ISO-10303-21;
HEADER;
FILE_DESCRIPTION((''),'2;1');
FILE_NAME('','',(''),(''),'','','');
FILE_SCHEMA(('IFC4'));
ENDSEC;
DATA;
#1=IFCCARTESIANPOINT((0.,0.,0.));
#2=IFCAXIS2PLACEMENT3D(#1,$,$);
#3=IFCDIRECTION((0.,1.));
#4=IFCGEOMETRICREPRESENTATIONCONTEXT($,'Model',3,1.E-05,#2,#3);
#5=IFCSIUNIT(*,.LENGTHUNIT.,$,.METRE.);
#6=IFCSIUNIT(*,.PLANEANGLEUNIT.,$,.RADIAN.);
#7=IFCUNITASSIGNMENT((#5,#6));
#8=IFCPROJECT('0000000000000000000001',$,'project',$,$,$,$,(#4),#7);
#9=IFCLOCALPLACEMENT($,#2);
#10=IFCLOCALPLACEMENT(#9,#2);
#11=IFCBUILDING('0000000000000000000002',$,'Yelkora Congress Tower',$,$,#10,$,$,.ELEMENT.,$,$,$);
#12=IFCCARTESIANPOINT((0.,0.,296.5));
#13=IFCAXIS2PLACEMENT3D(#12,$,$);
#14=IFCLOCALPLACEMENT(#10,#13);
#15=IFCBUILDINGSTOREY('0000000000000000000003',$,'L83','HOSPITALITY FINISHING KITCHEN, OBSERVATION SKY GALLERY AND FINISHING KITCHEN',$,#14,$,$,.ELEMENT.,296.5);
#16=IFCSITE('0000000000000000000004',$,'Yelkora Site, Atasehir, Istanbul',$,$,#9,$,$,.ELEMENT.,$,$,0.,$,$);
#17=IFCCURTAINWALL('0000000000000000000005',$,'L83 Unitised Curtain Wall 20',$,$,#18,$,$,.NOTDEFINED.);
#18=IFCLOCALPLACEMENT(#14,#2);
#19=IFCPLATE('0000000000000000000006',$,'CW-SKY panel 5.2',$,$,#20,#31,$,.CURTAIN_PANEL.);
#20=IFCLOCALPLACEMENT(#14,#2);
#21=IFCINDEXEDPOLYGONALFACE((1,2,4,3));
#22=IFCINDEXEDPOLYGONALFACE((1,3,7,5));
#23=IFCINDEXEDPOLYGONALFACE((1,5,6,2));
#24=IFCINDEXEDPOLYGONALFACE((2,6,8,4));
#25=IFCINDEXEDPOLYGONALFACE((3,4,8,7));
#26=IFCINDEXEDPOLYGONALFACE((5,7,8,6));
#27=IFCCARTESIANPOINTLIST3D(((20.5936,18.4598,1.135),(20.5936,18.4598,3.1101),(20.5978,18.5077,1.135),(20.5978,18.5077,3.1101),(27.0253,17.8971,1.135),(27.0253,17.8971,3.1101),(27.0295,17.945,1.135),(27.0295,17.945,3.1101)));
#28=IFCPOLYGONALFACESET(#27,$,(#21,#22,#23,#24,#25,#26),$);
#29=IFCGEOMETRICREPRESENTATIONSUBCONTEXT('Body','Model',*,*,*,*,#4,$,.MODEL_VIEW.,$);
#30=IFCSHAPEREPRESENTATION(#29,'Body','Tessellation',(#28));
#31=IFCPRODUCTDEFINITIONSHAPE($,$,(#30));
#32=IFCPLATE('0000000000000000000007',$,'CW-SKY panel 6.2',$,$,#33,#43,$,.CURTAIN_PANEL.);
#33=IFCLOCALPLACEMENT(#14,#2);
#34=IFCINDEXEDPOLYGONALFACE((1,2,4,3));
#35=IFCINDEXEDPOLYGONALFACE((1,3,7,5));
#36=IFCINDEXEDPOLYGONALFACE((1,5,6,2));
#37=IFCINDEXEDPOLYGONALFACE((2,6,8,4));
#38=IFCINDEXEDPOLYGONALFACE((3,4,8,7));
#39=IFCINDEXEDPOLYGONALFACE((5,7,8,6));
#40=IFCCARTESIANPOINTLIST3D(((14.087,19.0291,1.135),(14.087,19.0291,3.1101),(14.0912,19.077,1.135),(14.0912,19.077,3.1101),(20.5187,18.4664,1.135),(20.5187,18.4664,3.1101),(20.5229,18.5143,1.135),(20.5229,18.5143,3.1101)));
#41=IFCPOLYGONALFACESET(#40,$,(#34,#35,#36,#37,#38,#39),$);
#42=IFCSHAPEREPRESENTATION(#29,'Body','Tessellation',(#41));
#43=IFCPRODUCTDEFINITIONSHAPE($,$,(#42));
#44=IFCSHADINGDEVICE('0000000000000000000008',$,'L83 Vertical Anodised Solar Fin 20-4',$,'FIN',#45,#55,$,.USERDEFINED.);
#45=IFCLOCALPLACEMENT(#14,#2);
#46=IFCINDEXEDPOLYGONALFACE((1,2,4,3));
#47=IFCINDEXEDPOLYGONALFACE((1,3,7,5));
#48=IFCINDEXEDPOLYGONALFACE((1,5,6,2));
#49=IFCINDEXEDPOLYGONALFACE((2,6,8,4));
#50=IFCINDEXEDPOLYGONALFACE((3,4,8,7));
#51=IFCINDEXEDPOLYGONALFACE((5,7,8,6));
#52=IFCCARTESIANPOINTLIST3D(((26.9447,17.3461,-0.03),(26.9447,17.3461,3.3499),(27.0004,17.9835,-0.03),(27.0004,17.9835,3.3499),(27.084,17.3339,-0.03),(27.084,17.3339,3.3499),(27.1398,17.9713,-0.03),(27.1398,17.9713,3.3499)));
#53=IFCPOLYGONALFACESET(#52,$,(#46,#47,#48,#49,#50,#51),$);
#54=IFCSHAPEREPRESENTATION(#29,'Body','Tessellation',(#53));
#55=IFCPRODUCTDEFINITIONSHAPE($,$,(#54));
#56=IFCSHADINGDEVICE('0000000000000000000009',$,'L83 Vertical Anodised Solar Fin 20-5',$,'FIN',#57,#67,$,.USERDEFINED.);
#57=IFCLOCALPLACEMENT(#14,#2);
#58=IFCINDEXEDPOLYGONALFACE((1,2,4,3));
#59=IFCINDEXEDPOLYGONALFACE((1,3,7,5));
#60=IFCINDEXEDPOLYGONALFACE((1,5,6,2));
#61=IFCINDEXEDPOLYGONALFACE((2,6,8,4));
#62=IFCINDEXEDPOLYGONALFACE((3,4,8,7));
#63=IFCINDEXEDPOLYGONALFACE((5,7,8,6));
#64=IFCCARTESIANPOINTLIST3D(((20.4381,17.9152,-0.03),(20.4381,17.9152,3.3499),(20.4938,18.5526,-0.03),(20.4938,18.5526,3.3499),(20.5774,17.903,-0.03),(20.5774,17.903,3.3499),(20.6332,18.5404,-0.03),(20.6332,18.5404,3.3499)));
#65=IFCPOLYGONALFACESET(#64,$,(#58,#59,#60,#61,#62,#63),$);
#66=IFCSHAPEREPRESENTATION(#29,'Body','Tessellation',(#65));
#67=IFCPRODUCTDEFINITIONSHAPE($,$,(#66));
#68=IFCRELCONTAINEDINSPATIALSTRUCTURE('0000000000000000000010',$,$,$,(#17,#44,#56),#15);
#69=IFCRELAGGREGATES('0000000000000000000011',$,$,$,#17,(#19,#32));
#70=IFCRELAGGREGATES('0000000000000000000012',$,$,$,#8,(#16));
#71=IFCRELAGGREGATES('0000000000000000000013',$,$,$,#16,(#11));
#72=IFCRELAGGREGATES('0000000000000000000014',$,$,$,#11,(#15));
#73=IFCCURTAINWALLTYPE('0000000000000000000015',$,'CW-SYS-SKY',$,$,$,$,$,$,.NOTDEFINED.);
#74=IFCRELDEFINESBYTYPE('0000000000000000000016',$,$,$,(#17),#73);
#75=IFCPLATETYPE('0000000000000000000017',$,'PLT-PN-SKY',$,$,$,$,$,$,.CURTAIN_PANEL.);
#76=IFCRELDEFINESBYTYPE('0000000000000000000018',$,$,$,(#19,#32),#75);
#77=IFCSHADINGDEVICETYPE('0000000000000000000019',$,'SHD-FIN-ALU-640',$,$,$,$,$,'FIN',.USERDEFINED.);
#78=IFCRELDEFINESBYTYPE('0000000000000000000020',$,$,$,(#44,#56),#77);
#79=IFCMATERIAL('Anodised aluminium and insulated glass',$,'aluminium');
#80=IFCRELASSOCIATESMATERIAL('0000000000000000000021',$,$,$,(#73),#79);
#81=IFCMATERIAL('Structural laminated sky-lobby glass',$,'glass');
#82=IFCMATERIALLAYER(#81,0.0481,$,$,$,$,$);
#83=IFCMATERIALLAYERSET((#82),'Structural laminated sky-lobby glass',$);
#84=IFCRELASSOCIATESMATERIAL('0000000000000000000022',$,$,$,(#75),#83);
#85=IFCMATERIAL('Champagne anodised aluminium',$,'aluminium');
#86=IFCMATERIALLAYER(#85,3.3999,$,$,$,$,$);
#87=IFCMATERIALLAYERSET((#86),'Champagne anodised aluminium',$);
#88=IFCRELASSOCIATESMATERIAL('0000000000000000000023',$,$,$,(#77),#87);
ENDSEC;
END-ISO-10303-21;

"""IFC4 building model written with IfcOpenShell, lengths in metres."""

from ifc_helpers import new_model, si_unit, direction, frame, origin, origin_2d, place, context, subcontext, project, spatial, rectangle, extrude, material, layer, layer_set, type_object, element, aggregate, save


model = new_model("IFC4")

# Units and contexts
model_context = context("Model", 3, precision=1e-05, world=origin(), true_north=direction((0.0, 1.0)))
body_context = subcontext(model_context, "Body", "Model", "MODEL_VIEW")
ifc_project = project(units=[si_unit("LENGTHUNIT", "METRE"), si_unit("PLANEANGLEUNIT", "RADIAN")], contexts=[model_context])

# Site, building, storey
site_placement = place(None, origin())
site = spatial("IfcSite", under=ifc_project, at=site_placement, Name="Yelkora Site, Atasehir, Istanbul", CompositionType="ELEMENT", RefElevation=0.0)
building_placement = place(site_placement, origin())
building = spatial("IfcBuilding", under=site, at=building_placement, Name="Yelkora Congress Tower", CompositionType="ELEMENT")
storey_placement = place(building_placement, frame((0.0, 0.0, 296.5)))
storey = spatial("IfcBuildingStorey", under=building, at=storey_placement, Name="L83", Description="HOSPITALITY FINISHING KITCHEN, OBSERVATION SKY GALLERY AND FINISHING KITCHEN", CompositionType="ELEMENT", Elevation=296.5)

# Curtain wall, plates
ifc_material_1 = material(Name="Anodised aluminium and insulated glass", Category="aluminium")
curtain_wall_type = type_object("IfcCurtainWallType", Name="CW-SYS-SKY", PredefinedType="NOTDEFINED", material=ifc_material_1)
curtain_wall_placement = place(storey_placement, origin())
curtain_wall = element("IfcCurtainWall", 1, at=curtain_wall_placement, inside=storey, type_object=curtain_wall_type, Name="L83 Unitised Curtain Wall 20", PredefinedType="NOTDEFINED")
ifc_material_2 = material(Name="Structural laminated sky-lobby glass", Category="glass")
ifc_layer_1 = layer(ifc_material_2, 0.0481)
ifc_layer_set_1 = layer_set([ifc_layer_1], Name="Structural laminated sky-lobby glass")
plate_type = type_object("IfcPlateType", Name="PLT-PN-SKY", PredefinedType="CURTAIN_PANEL", material=ifc_layer_set_1)
plate_1_placement = place(storey_placement, frame((23.8115, 18.2024, 1.135), z_axis=(0.0, 0.0, 1.0), x_axis=(-0.996195, 0.087157, 0.0)))
plate_1 = element("IfcPlate", 2, at=plate_1_placement, type_object=plate_type, Name="CW-SKY panel 5.2", PredefinedType="CURTAIN_PANEL", context=body_context, shape_type="SweptSolid", body=[
    extrude(rectangle(XDim=6.4563, YDim=0.0481, at=origin_2d()), origin(), (0.0, 0.0, 1.0), 1.9751),
])
plate_2_placement = place(storey_placement, frame((17.3049, 18.7717, 1.135), z_axis=(0.0, 0.0, 1.0), x_axis=(-0.996195, 0.087157, 0.0)))
plate_2 = element("IfcPlate", 3, at=plate_2_placement, type_object=plate_type, Name="CW-SKY panel 6.2", PredefinedType="CURTAIN_PANEL", context=body_context, shape_type="SweptSolid", body=[
    extrude(rectangle(XDim=6.4563, YDim=0.0481, at=origin_2d()), origin(), (0.0, 0.0, 1.0), 1.9751),
])
aggregate(curtain_wall, [plate_1, plate_2])

# Shading devices
ifc_material_3 = material(Name="Champagne anodised aluminium", Category="aluminium")
ifc_layer_2 = layer(ifc_material_3, 3.3999)
ifc_layer_set_2 = layer_set([ifc_layer_2], Name="Champagne anodised aluminium")
shading_device_type = type_object("IfcShadingDeviceType", Name="SHD-FIN-ALU-640", ElementType="FIN", PredefinedType="USERDEFINED", material=ifc_layer_set_2)
for number, where, z_axis, x_axis, name in (
    (4, (27.0422, 17.6587, -0.03), (0.0, 0.0, 1.0), (-0.996195, 0.087156, 0.0), "L83 Vertical Anodised Solar Fin 20-4"),
    (5, (20.5356, 18.2278, -0.03), (0.0, 0.0, 1.0), (-0.996195, 0.087156, 0.0), "L83 Vertical Anodised Solar Fin 20-5"),
):
    element("IfcShadingDevice", number, at=place(storey_placement, frame(where, z_axis=z_axis, x_axis=x_axis)), inside=storey, type_object=shading_device_type, Name=name, ObjectType="FIN", PredefinedType="USERDEFINED", context=body_context, shape_type="SweptSolid", body=[
        extrude(rectangle(XDim=0.1399, YDim=0.6399, at=origin_2d()), origin(), (0.0, 0.0, 1.0), 3.3799),
    ])

save(model, "model.ifc")
